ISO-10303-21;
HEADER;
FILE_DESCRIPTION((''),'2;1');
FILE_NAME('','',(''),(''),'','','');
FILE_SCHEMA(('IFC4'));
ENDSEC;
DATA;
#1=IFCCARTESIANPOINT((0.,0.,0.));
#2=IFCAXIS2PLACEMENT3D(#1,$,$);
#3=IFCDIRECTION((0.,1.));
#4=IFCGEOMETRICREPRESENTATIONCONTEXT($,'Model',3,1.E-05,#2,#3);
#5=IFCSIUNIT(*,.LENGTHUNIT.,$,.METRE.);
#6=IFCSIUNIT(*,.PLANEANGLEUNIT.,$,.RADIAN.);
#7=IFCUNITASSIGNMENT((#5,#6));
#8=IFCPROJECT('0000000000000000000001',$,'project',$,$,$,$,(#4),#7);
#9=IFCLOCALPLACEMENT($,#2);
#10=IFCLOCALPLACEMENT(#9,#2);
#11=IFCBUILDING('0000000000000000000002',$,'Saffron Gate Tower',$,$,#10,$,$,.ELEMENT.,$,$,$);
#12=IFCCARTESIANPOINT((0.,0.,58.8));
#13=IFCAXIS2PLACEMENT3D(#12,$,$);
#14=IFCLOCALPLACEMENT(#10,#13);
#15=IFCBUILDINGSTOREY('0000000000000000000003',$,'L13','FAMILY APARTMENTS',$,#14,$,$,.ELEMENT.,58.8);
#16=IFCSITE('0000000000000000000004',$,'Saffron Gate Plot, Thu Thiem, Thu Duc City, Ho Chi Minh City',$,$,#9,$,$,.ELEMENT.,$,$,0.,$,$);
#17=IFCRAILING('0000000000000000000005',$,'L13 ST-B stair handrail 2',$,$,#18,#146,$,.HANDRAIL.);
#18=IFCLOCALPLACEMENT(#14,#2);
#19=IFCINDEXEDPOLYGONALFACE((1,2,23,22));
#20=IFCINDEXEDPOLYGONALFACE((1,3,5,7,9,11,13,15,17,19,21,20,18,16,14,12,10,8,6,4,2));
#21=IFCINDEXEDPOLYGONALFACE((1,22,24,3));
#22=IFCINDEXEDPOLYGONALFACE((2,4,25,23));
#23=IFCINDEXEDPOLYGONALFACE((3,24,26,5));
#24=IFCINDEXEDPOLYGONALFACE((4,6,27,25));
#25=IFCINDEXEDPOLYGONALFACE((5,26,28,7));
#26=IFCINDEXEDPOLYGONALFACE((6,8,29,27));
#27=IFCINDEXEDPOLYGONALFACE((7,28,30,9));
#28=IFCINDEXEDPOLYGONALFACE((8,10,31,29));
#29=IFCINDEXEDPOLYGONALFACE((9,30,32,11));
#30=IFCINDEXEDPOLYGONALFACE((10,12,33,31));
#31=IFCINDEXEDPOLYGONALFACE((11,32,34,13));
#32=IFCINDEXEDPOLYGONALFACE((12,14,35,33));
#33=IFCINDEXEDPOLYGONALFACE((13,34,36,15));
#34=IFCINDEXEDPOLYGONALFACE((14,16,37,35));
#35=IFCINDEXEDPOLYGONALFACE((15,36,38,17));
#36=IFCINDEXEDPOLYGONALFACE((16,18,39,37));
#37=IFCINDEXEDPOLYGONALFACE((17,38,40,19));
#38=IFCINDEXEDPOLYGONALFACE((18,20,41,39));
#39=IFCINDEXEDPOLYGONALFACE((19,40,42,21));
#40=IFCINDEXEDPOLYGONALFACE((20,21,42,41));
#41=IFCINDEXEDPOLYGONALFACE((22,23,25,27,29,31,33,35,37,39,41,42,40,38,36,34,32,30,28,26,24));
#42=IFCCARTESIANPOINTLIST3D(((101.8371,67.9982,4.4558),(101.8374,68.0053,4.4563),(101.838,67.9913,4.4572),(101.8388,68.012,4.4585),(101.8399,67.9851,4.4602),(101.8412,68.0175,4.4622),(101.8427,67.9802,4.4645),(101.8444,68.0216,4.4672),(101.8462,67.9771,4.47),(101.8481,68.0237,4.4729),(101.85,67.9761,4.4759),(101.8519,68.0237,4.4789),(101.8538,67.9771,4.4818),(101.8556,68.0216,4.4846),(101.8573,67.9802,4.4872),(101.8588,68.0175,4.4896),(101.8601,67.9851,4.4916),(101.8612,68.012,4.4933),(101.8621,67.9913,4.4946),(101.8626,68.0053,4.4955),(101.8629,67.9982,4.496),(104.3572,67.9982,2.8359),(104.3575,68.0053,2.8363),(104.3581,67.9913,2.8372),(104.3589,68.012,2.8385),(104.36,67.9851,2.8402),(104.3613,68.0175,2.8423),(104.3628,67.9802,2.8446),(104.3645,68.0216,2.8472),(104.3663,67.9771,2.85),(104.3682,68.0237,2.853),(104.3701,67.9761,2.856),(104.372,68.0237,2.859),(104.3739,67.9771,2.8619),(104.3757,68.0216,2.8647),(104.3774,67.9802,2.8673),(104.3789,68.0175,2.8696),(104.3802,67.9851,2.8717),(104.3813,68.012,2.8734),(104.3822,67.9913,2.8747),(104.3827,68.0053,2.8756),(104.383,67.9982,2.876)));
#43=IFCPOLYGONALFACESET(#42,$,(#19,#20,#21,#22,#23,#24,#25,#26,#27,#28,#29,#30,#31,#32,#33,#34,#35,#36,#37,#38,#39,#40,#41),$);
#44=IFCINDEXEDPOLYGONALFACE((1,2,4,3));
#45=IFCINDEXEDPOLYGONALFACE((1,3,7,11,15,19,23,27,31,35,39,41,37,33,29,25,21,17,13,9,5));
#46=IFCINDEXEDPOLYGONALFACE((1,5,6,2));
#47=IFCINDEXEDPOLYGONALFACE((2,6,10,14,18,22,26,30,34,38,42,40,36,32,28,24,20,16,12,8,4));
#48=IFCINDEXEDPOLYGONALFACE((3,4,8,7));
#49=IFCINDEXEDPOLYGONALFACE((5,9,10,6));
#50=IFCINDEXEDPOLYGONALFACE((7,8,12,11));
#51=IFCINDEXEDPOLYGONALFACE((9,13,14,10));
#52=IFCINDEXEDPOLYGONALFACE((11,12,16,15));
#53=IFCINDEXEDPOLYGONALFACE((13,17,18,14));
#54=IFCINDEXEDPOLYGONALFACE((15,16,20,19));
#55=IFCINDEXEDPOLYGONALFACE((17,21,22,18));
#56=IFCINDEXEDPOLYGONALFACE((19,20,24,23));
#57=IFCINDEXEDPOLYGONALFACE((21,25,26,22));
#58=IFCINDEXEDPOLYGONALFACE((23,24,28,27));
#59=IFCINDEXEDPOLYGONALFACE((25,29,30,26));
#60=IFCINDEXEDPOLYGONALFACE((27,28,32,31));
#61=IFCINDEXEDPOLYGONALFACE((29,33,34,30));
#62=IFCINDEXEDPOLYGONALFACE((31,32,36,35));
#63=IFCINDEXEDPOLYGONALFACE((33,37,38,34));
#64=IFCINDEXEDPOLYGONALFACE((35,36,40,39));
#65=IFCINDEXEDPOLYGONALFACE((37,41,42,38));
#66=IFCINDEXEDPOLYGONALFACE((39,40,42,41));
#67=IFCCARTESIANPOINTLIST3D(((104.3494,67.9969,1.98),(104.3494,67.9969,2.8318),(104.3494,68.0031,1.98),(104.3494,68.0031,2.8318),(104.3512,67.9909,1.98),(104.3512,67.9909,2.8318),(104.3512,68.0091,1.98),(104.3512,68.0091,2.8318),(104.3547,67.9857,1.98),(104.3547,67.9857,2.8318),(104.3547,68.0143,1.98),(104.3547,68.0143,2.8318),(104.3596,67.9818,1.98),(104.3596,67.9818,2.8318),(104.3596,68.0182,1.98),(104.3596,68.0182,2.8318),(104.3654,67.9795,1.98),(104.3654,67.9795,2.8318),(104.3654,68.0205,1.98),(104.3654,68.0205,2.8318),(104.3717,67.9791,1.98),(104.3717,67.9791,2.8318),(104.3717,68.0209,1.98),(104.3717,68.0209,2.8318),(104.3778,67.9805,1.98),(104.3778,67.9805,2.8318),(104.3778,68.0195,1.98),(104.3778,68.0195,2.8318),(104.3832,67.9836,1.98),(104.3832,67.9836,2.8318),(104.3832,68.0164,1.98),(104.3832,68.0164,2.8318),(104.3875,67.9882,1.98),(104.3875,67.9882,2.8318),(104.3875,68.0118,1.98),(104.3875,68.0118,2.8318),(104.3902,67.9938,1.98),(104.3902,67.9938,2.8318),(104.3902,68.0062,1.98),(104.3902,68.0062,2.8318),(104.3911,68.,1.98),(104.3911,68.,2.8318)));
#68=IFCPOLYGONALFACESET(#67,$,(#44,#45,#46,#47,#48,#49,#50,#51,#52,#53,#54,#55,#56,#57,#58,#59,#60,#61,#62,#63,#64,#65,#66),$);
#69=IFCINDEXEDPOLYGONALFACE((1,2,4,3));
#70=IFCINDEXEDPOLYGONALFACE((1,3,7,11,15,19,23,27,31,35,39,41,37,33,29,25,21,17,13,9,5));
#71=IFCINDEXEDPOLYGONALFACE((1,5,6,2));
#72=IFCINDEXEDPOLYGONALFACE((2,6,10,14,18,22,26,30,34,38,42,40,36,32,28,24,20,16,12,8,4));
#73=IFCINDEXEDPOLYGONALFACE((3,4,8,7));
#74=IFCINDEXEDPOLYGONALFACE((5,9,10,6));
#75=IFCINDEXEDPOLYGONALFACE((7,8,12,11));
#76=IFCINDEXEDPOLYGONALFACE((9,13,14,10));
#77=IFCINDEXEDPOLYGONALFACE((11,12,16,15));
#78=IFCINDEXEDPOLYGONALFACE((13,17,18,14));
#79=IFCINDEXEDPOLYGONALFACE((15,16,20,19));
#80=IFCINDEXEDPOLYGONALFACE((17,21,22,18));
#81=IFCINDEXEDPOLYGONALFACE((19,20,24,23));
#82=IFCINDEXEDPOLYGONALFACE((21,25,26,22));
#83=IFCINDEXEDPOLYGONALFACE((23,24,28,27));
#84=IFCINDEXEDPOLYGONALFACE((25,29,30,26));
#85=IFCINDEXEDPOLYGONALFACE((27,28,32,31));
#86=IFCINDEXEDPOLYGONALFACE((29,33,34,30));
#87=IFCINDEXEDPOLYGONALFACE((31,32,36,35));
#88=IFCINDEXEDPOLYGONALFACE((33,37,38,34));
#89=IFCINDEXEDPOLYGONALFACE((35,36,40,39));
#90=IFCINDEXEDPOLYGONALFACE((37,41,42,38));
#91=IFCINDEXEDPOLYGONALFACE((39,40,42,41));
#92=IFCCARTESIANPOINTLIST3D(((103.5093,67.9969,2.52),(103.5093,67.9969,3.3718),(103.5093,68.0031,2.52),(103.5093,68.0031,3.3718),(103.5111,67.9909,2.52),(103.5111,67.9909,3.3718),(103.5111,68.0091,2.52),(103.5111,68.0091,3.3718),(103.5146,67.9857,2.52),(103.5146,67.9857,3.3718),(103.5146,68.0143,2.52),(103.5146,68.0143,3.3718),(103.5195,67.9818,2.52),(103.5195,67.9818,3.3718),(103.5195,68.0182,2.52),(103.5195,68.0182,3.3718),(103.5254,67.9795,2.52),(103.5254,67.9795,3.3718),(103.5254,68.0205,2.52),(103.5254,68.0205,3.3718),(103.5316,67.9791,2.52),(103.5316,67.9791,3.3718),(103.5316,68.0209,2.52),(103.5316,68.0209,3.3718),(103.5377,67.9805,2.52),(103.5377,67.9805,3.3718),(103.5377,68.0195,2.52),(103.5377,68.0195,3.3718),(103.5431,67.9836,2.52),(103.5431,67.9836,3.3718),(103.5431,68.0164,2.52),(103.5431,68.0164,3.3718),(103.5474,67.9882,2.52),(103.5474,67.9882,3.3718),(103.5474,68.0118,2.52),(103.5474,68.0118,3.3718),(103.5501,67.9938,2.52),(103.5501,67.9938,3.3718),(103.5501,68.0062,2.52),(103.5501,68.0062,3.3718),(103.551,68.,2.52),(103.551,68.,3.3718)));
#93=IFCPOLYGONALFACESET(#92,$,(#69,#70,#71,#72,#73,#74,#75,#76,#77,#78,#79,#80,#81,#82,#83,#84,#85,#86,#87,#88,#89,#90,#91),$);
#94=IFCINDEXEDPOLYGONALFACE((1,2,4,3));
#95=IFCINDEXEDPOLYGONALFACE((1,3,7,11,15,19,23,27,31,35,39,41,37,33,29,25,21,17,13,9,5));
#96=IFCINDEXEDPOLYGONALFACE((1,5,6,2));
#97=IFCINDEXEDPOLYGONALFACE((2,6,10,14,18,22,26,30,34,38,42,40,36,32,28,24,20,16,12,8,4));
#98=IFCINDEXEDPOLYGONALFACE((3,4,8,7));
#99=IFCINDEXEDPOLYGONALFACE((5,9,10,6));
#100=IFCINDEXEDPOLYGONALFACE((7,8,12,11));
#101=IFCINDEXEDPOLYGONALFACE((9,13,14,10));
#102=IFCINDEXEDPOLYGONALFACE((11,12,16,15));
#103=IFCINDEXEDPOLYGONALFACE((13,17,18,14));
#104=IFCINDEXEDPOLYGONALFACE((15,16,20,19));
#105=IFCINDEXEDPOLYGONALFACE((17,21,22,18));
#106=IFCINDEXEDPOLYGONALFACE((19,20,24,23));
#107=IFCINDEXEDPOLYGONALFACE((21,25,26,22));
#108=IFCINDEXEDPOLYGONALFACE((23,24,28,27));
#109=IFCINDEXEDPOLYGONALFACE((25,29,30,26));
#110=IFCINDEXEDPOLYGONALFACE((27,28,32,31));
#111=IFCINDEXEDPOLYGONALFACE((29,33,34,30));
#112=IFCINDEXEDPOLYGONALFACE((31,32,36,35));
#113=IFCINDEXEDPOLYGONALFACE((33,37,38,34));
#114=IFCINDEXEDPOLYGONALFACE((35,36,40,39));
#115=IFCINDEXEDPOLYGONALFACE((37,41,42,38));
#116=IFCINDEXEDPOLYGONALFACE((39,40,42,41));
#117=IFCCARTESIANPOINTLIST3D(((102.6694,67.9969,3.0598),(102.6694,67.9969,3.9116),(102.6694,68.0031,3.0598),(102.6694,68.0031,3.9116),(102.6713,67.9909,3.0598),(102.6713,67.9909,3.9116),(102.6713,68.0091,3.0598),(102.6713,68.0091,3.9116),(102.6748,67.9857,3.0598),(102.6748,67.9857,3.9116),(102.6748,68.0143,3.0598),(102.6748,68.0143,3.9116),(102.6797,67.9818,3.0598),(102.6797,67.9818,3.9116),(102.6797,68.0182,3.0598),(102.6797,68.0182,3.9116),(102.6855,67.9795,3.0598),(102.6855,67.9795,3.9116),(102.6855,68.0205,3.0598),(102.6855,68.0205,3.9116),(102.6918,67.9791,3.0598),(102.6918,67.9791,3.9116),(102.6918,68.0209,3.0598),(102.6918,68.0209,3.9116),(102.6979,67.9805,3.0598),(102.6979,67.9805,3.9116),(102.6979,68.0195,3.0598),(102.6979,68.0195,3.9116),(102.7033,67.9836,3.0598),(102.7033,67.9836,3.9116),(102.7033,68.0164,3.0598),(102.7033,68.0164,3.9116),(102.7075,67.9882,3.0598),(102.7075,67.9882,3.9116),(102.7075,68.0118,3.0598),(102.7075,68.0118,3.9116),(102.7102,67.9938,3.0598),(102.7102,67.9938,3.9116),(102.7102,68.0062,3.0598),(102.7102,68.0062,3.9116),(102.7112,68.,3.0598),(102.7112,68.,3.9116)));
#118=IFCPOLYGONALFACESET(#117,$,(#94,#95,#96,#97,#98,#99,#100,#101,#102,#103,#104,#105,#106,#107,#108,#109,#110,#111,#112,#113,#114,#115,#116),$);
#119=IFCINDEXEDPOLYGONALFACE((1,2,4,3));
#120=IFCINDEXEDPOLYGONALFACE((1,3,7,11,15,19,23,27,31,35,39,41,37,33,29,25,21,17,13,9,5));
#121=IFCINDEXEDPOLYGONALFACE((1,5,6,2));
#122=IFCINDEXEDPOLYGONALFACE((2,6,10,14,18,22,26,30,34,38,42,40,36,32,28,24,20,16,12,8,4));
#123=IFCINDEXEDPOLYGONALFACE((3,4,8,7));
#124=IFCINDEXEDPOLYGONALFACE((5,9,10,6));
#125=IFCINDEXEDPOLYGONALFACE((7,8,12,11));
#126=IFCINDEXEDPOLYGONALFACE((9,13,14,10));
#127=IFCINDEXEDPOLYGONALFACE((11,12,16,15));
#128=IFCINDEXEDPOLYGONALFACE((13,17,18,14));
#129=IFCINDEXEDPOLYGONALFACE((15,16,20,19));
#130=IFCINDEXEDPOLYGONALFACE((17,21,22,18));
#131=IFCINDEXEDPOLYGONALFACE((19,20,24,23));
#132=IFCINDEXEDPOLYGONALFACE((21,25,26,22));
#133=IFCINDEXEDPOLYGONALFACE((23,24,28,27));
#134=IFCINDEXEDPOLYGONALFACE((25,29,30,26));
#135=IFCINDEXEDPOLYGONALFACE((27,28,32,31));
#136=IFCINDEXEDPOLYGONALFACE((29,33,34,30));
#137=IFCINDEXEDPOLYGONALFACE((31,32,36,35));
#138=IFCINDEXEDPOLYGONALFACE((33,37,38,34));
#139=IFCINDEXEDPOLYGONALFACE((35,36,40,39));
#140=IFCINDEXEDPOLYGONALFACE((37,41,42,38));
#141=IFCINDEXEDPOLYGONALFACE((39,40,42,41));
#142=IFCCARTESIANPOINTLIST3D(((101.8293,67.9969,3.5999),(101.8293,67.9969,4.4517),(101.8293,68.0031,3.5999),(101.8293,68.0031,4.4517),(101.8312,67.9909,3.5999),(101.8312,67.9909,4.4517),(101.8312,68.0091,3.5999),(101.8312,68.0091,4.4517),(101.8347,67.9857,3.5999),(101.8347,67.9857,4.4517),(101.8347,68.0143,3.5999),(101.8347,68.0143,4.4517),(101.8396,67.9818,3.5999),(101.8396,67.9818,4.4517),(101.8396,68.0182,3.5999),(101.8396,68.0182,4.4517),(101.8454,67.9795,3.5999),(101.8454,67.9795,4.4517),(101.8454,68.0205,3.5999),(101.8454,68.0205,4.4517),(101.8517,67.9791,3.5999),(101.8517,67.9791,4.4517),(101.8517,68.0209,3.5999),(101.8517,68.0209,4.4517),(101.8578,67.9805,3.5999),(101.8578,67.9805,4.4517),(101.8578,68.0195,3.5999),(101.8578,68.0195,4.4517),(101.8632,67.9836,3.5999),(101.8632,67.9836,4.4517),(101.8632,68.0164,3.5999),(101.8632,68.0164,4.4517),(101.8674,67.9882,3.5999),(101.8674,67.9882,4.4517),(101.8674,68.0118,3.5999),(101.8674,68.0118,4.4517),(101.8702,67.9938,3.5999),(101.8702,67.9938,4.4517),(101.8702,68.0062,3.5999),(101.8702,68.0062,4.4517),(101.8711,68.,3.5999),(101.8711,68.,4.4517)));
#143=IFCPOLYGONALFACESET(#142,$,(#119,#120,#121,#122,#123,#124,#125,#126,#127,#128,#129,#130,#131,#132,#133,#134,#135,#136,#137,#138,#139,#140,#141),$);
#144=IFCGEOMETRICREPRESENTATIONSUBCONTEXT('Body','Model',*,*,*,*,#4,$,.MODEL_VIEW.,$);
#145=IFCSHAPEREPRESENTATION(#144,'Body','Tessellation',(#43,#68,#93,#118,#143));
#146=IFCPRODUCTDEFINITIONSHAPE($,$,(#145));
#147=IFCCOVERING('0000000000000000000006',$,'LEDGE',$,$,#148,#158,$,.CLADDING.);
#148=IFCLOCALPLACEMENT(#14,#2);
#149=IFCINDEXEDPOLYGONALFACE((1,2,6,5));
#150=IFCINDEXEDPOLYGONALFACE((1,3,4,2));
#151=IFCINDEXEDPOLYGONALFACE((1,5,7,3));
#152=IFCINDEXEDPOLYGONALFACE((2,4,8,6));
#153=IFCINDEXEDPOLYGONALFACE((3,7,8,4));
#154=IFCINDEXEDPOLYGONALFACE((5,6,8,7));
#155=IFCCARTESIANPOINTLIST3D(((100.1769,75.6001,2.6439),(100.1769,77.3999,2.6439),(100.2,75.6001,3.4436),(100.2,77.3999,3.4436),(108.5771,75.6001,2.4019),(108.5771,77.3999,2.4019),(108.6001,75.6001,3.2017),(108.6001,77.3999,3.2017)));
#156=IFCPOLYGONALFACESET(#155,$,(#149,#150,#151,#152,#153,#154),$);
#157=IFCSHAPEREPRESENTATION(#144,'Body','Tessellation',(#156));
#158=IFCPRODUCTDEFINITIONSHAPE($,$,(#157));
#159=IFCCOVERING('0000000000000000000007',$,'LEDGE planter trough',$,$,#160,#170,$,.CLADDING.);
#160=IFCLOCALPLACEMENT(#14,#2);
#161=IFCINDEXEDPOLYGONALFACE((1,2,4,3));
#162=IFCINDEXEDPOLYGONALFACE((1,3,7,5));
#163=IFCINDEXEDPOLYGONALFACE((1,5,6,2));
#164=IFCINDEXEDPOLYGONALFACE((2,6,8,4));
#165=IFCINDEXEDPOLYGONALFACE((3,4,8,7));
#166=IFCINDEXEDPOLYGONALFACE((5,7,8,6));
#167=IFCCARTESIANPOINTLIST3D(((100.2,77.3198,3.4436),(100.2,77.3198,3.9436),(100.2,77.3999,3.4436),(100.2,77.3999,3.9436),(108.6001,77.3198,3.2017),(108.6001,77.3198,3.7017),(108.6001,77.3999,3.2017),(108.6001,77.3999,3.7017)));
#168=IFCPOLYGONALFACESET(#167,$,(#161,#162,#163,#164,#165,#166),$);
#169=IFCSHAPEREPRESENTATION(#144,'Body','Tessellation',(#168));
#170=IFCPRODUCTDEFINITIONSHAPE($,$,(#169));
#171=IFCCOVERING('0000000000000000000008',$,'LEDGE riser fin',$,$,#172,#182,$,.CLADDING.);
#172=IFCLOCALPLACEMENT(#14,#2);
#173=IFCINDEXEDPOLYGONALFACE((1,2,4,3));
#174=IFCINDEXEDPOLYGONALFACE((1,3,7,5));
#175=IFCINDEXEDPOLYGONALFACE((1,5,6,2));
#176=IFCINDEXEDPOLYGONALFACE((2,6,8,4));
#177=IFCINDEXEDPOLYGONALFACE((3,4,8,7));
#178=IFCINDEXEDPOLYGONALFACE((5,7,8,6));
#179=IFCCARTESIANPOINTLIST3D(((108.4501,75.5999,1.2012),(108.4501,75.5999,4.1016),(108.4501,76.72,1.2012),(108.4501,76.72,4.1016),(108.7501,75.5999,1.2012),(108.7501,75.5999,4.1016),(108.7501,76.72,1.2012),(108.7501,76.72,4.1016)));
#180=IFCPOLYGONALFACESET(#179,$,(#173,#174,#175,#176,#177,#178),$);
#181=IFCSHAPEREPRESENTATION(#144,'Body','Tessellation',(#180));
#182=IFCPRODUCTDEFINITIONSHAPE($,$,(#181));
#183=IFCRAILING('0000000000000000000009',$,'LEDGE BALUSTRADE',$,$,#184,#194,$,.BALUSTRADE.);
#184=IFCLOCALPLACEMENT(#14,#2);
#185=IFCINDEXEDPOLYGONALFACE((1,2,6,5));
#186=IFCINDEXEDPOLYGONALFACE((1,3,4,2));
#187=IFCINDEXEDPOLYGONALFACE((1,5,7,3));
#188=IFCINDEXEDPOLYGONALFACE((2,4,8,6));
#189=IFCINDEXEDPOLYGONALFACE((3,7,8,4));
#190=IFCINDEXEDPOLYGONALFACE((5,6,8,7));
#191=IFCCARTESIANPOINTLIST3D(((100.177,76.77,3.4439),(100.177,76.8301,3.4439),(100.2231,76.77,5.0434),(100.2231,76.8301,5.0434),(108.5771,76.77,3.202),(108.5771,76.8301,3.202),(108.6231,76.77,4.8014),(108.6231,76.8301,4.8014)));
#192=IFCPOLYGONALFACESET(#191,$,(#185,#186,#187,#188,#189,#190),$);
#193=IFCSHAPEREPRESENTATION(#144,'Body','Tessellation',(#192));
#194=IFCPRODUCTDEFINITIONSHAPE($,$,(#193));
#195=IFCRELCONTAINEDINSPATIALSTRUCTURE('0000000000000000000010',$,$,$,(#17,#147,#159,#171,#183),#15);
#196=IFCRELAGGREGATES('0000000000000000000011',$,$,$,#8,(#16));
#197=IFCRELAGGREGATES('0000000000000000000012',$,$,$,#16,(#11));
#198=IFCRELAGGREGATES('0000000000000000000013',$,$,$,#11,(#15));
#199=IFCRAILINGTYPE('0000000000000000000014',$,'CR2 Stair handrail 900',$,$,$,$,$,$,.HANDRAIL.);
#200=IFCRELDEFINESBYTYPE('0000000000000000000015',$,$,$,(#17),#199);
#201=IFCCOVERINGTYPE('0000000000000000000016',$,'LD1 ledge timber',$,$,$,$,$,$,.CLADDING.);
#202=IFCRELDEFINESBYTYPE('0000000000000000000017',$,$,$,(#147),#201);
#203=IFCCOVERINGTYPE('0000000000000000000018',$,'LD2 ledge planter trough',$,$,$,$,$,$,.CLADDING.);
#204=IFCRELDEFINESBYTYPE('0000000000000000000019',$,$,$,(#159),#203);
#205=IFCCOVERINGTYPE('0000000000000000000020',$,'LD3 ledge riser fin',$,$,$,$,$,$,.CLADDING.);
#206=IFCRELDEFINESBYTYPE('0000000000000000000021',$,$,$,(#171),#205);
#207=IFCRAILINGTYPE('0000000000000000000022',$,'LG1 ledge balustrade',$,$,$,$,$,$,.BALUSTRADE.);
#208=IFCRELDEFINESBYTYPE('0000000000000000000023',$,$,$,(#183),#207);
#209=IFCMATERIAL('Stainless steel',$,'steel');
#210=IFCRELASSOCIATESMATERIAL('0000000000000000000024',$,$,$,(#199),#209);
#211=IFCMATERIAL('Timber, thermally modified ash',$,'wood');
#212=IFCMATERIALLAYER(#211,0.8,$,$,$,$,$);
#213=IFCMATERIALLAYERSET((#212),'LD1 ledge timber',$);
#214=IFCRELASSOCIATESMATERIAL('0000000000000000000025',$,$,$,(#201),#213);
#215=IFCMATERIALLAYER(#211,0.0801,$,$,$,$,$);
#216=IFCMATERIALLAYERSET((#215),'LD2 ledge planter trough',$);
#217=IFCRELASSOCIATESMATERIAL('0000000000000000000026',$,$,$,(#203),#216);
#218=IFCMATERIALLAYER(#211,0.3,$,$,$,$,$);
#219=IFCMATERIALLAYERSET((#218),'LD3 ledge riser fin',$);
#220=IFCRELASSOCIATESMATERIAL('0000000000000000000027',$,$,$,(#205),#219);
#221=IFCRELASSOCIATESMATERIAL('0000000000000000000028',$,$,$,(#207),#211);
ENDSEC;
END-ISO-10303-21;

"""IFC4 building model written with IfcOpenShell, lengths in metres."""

from ifc_helpers import new_model, si_unit, direction, frame, origin, origin_2d, place, context, subcontext, project, spatial, polyline, rectangle, circle, outline, extrude, material, layer, layer_set, type_object, element, save


model = new_model("IFC4")

# Units and contexts
model_context = context("Model", 3, precision=1e-05, world=origin(), true_north=direction((0.0, 1.0)))
body_context = subcontext(model_context, "Body", "Model", "MODEL_VIEW")
ifc_project = project(units=[si_unit("LENGTHUNIT", "METRE"), si_unit("PLANEANGLEUNIT", "RADIAN")], contexts=[model_context])

# Site, building, storey
site_placement = place(None, origin())
site = spatial("IfcSite", under=ifc_project, at=site_placement, Name="Saffron Gate Plot, Thu Thiem, Thu Duc City, Ho Chi Minh City", CompositionType="ELEMENT", RefElevation=0.0)
building_placement = place(site_placement, origin())
building = spatial("IfcBuilding", under=site, at=building_placement, Name="Saffron Gate Tower", CompositionType="ELEMENT")
storey_placement = place(building_placement, frame((0.0, 0.0, 58.8)))
storey = spatial("IfcBuildingStorey", under=building, at=storey_placement, Name="L13", Description="FAMILY APARTMENTS", CompositionType="ELEMENT", Elevation=58.8)

# Railing
ifc_material_1 = material(Name="Stainless steel", Category="steel")
railing_type_1 = type_object("IfcRailingType", Name="CR2 Stair handrail 900", PredefinedType="HANDRAIL", material=ifc_material_1)
railing_1_placement = place(storey_placement, frame((104.3701, 68.0, 1.98)))
element("IfcRailing", 1, at=railing_1_placement, inside=storey, type_object=railing_type_1, Name="L13 ST-B stair handrail 2", PredefinedType="HANDRAIL", context=body_context, shape_type="SweptSolid", body=[
    extrude(circle(Radius=0.0239, at=origin_2d()), frame((0.0, 0.0, 0.876), z_axis=(-0.8412, 0.0, 0.540725), x_axis=(0.0, -1.0, 0.0)), (0.0, 0.0, 1.0), 2.9958),
    extrude(circle(Radius=0.021, at=origin_2d()), origin(), (0.0, 0.0, 1.0), 0.8518),
    extrude(circle(Radius=0.021, at=origin_2d()), frame((-0.8401, 0.0, 0.54)), (0.0, 0.0, 1.0), 0.8518),
    extrude(circle(Radius=0.021, at=origin_2d()), frame((-1.6799, 0.0, 1.0798)), (0.0, 0.0, 1.0), 0.8518),
    extrude(circle(Radius=0.021, at=origin_2d()), frame((-2.52, 0.0, 1.6199)), (0.0, 0.0, 1.0), 0.8518),
])

# Coverings
ifc_material_2 = material(Name="Timber, thermally modified ash", Category="wood")
ifc_layer_1 = layer(ifc_material_2, 0.8)
ifc_layer_set_1 = layer_set([ifc_layer_1], Name="LD1 ledge timber")
covering_type_1 = type_object("IfcCoveringType", Name="LD1 ledge timber", PredefinedType="CLADDING", material=ifc_layer_set_1)
covering_1_placement = place(storey_placement, frame((108.6001, 75.6001, 3.2017), z_axis=(0.02879, 0.0, 0.999585), x_axis=(-0.999585, 0.0, 0.02879)))
element("IfcCovering", 2, at=covering_1_placement, inside=storey, type_object=covering_type_1, Name="LEDGE", PredefinedType="CLADDING", context=body_context, shape_type="SweptSolid", body=[
    extrude(outline(polyline([(0.0, 0.0), (8.4036, 0.0), (8.4036, -1.7998), (0.0, -1.7998), (0.0, 0.0)])), origin(), (0.0, 0.0, -1.0), 0.8),
])
ifc_layer_2 = layer(ifc_material_2, 0.0801)
ifc_layer_set_2 = layer_set([ifc_layer_2], Name="LD2 ledge planter trough")
covering_type_2 = type_object("IfcCoveringType", Name="LD2 ledge planter trough", PredefinedType="CLADDING", material=ifc_layer_set_2)
covering_2_placement = place(storey_placement, frame((108.6001, 77.3999, 3.2017), z_axis=(0.0, 1.0, 0.0), x_axis=(-0.999585, 0.0, 0.02879)))
element("IfcCovering", 3, at=covering_2_placement, inside=storey, type_object=covering_type_2, Name="LEDGE planter trough", PredefinedType="CLADDING", context=body_context, shape_type="SweptSolid", body=[
    extrude(outline(polyline([(0.0, 0.0), (8.4036, 0.0), (8.418, 0.4998), (0.0144, 0.4998), (0.0, 0.0)])), origin(), (0.0, 0.0, -1.0), 0.0801),
])
ifc_layer_3 = layer(ifc_material_2, 0.3)
ifc_layer_set_3 = layer_set([ifc_layer_3], Name="LD3 ledge riser fin")
covering_type_3 = type_object("IfcCoveringType", Name="LD3 ledge riser fin", PredefinedType="CLADDING", material=ifc_layer_set_3)
covering_3_placement = place(storey_placement, frame((108.6001, 76.1599, 1.2012), z_axis=(0.0, 0.0, 1.0), x_axis=(-1.0, 0.0, 0.0)))
element("IfcCovering", 4, at=covering_3_placement, inside=storey, type_object=covering_type_3, Name="LEDGE riser fin", PredefinedType="CLADDING", context=body_context, shape_type="SweptSolid", body=[
    extrude(rectangle(XDim=0.3, YDim=1.1201, at=origin_2d()), origin(), (0.0, 0.0, 1.0), 2.9004),
])

# Railing
railing_type_2 = type_object("IfcRailingType", Name="LG1 ledge balustrade", PredefinedType="BALUSTRADE", material=ifc_material_2)
railing_2_placement = place(storey_placement, frame((108.6001, 76.8, 3.2017)))
element("IfcRailing", 5, at=railing_2_placement, inside=storey, type_object=railing_type_2, Name="LEDGE BALUSTRADE", PredefinedType="BALUSTRADE", context=body_context, shape_type="SweptSolid", body=[
    extrude(rectangle(XDim=0.0601, YDim=1.6001, at=origin_2d()), frame((0.0, 0.0, 0.8), z_axis=(-0.999585, 0.0, 0.02879), x_axis=(0.0, -1.0, 0.0)), (0.0, 0.0, 1.0), 8.4036),
])

save(model, "model.ifc")
